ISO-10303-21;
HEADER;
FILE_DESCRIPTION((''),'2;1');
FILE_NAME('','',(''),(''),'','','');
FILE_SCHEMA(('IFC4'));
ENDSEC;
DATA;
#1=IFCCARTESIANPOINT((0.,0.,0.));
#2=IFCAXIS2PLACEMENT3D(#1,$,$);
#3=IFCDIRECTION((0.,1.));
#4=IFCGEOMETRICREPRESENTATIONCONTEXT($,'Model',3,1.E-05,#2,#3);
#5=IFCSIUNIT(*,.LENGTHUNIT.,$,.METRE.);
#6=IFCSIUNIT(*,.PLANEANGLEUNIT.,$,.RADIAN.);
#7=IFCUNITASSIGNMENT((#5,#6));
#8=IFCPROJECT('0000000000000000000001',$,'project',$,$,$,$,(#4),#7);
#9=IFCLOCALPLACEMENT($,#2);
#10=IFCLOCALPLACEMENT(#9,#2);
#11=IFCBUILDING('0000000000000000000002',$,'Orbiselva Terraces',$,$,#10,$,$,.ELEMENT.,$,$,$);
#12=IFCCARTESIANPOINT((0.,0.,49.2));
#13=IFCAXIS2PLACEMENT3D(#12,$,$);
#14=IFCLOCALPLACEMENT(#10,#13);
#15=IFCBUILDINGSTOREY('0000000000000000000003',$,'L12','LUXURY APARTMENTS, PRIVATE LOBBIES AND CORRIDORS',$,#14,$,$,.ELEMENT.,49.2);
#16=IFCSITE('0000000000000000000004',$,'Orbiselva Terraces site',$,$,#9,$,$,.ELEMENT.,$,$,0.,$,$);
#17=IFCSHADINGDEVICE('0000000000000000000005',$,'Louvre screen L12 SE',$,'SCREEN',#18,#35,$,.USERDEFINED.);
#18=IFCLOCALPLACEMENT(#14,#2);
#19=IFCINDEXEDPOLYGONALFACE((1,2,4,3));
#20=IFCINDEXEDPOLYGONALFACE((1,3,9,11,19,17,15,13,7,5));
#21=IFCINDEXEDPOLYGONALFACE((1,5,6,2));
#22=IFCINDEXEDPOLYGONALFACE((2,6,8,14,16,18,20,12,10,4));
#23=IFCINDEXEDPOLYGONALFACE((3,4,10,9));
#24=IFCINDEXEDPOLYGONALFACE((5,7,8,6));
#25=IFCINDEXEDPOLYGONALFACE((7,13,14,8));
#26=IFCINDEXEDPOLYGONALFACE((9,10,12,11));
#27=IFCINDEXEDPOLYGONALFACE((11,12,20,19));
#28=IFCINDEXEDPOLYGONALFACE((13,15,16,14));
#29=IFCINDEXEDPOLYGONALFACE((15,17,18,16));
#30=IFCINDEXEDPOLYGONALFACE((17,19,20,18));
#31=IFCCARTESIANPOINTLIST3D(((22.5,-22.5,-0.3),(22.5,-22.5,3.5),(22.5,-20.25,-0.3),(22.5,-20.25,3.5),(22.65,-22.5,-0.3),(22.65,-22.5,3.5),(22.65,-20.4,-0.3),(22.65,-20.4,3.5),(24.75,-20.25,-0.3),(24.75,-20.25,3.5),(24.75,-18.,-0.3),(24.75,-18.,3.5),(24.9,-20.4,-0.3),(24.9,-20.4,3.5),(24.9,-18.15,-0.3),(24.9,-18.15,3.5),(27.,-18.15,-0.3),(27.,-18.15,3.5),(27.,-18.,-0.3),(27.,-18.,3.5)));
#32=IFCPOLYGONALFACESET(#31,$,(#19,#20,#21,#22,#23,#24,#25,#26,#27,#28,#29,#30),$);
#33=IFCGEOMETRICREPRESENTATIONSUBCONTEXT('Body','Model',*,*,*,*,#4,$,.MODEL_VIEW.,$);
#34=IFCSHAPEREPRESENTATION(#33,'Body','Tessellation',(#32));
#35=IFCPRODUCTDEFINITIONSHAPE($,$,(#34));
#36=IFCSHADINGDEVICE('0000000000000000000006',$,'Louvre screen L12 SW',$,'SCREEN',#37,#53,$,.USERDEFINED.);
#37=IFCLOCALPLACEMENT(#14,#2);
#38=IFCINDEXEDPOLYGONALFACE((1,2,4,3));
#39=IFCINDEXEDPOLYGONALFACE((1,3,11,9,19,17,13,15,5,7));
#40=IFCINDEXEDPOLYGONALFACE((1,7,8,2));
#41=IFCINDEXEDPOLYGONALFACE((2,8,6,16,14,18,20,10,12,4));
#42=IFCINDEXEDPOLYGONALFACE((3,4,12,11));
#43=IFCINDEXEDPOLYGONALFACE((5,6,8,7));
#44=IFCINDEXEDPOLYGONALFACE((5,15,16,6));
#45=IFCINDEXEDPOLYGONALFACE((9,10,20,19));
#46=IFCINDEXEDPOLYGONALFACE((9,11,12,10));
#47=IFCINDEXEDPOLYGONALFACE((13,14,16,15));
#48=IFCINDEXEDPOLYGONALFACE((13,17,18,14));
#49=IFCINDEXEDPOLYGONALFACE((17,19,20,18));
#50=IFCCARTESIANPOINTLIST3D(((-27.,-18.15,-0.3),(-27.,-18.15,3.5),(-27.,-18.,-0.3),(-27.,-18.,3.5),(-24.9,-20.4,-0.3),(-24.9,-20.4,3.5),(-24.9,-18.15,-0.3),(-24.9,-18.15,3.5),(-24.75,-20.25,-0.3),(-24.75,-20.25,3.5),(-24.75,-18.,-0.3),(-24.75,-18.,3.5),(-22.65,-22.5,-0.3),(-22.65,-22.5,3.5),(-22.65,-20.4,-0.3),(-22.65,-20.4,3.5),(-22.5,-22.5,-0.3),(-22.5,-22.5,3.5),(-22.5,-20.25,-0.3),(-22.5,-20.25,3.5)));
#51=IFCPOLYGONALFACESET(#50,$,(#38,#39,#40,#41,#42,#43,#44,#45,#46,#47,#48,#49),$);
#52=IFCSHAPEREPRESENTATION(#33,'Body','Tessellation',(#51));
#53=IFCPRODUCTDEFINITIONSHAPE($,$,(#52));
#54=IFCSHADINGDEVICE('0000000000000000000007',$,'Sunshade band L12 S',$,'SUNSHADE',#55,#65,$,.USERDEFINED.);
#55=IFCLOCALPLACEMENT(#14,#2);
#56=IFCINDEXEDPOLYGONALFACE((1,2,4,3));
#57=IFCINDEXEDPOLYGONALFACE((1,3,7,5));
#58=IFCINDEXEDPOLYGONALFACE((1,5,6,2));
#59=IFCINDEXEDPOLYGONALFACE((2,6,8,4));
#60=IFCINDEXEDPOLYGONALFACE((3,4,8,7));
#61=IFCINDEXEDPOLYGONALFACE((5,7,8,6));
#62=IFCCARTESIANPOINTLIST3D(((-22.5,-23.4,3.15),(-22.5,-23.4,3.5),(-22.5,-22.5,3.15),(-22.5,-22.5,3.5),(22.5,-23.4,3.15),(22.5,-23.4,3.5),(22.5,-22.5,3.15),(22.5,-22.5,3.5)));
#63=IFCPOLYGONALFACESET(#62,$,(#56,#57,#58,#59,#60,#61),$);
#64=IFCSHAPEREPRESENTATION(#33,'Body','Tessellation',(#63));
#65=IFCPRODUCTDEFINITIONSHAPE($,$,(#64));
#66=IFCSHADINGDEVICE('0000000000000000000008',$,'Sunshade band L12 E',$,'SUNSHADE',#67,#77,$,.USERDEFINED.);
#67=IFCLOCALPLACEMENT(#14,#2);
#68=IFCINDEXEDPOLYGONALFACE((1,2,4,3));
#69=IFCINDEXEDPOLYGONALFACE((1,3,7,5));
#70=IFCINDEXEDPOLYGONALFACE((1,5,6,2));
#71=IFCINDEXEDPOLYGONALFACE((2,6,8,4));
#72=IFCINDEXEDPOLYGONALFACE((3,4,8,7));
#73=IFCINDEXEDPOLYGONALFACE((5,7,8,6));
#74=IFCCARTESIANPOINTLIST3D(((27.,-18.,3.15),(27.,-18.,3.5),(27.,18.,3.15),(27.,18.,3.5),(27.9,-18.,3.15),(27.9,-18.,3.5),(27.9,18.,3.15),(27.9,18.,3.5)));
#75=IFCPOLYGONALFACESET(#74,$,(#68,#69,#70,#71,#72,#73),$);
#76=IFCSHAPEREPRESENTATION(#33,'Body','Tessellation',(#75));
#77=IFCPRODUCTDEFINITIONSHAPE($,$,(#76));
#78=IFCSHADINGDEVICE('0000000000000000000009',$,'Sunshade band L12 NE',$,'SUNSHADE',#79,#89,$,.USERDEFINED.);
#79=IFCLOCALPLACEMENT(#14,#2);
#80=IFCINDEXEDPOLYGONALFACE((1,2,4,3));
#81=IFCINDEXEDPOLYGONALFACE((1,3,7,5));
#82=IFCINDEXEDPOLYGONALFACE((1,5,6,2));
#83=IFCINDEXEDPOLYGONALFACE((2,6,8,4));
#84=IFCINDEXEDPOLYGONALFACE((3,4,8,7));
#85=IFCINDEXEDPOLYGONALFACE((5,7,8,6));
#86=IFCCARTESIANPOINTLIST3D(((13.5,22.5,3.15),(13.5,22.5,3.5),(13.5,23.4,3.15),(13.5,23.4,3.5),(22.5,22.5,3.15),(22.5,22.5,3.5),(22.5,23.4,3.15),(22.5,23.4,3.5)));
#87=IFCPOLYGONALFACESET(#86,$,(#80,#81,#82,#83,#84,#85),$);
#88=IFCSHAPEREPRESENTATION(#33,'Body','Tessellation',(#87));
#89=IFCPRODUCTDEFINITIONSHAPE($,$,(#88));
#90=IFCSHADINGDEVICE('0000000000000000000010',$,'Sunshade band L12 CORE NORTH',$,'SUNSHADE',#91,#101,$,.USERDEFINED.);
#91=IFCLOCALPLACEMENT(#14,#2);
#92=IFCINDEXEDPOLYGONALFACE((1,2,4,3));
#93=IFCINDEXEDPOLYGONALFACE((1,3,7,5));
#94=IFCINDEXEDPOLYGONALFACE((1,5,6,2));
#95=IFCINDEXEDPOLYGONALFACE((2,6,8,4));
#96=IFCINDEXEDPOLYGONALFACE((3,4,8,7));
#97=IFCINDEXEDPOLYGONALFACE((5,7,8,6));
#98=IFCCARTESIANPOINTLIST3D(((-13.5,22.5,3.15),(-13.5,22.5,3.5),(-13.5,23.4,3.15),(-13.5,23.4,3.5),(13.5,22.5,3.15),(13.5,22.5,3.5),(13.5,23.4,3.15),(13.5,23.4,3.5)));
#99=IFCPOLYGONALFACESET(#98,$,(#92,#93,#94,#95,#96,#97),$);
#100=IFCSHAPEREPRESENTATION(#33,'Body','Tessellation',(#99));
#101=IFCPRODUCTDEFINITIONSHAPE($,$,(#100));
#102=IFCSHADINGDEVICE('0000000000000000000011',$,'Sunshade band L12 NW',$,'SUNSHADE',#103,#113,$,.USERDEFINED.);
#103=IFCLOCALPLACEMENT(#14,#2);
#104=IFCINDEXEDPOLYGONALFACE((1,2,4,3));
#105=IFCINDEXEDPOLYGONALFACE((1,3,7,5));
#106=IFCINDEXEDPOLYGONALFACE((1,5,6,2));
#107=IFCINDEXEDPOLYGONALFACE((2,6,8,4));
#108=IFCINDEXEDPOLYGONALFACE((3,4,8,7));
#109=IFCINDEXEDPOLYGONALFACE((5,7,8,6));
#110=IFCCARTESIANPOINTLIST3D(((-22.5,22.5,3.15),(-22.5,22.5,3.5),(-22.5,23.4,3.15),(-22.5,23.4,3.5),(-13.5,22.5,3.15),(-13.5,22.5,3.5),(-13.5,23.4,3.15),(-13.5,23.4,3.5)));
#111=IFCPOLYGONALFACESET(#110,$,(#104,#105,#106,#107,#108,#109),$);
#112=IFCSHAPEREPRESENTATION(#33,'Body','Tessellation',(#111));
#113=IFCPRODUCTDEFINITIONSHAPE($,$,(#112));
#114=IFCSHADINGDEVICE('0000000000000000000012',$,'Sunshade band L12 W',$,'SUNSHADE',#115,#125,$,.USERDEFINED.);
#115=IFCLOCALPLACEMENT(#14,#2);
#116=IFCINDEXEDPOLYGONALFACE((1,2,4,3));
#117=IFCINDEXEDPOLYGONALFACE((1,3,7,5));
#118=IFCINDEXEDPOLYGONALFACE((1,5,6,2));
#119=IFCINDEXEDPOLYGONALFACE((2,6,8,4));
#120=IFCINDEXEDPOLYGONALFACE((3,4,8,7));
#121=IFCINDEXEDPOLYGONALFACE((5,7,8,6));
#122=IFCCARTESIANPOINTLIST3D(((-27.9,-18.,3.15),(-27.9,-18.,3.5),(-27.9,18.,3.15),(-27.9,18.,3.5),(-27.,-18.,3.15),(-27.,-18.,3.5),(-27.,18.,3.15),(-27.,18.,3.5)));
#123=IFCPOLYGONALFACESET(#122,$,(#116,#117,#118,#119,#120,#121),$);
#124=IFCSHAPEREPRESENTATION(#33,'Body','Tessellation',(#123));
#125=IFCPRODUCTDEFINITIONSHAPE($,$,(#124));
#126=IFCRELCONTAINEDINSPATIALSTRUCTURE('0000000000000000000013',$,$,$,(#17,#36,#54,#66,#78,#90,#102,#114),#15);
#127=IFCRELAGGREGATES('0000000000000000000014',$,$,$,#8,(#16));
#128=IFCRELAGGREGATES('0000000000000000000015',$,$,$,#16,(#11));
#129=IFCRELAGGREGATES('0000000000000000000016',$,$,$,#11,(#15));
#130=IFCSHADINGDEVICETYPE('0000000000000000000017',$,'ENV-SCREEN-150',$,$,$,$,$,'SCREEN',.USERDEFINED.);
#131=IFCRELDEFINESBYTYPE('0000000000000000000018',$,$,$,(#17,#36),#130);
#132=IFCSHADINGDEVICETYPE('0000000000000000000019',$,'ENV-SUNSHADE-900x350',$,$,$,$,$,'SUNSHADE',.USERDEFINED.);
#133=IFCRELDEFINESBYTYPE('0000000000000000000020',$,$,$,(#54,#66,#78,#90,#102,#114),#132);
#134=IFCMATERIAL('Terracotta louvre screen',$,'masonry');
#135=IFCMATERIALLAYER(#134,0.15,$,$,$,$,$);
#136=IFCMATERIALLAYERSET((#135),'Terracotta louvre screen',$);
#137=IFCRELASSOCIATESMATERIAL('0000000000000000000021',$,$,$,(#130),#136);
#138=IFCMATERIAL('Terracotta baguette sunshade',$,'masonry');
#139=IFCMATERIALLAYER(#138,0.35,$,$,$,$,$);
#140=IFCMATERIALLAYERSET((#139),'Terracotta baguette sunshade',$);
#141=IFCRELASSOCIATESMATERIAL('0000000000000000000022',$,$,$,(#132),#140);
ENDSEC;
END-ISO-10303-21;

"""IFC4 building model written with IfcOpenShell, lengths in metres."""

from ifc_helpers import new_model, si_unit, direction, frame, origin, place, context, subcontext, project, spatial, polyline, outline, extrude, material, layer, layer_set, type_object, element, save


model = new_model("IFC4")

# Units and contexts
model_context = context("Model", 3, precision=1e-05, world=origin(), true_north=direction((0.0, 1.0)))
body_context = subcontext(model_context, "Body", "Model", "MODEL_VIEW")
ifc_project = project(units=[si_unit("LENGTHUNIT", "METRE"), si_unit("PLANEANGLEUNIT", "RADIAN")], contexts=[model_context])

# Site, building, storey
site_placement = place(None, origin())
site = spatial("IfcSite", under=ifc_project, at=site_placement, Name="Orbiselva Terraces site", CompositionType="ELEMENT", RefElevation=0.0)
building_placement = place(site_placement, origin())
building = spatial("IfcBuilding", under=site, at=building_placement, Name="Orbiselva Terraces", CompositionType="ELEMENT")
storey_placement = place(building_placement, frame((0.0, 0.0, 49.2)))
storey = spatial("IfcBuildingStorey", under=building, at=storey_placement, Name="L12", Description="LUXURY APARTMENTS, PRIVATE LOBBIES AND CORRIDORS", CompositionType="ELEMENT", Elevation=49.2)

# Shading devices
ifc_material_1 = material(Name="Terracotta louvre screen", Category="masonry")
ifc_layer_1 = layer(ifc_material_1, 0.15)
ifc_layer_set_1 = layer_set([ifc_layer_1], Name="Terracotta louvre screen")
shading_device_type_1 = type_object("IfcShadingDeviceType", Name="ENV-SCREEN-150", ElementType="SCREEN", PredefinedType="USERDEFINED", material=ifc_layer_set_1)
shading_device_1_placement = place(storey_placement, frame((0.0, 0.0, -0.3)))
element("IfcShadingDevice", 1, at=shading_device_1_placement, inside=storey, type_object=shading_device_type_1, Name="Louvre screen L12 SE", ObjectType="SCREEN", PredefinedType="USERDEFINED", context=body_context, shape_type="SweptSolid", body=[
    extrude(outline(polyline([(22.65, -22.5), (22.65, -20.4), (24.9, -20.4), (24.9, -18.15), (27.0, -18.15), (27.0, -18.0), (24.75, -18.0), (24.75, -20.25), (22.5, -20.25), (22.5, -22.5), (22.65, -22.5)])), origin(), (0.0, 0.0, 1.0), 3.8),
])
shading_device_2_placement = place(storey_placement, frame((0.0, 0.0, -0.3)))
element("IfcShadingDevice", 2, at=shading_device_2_placement, inside=storey, type_object=shading_device_type_1, Name="Louvre screen L12 SW", ObjectType="SCREEN", PredefinedType="USERDEFINED", context=body_context, shape_type="SweptSolid", body=[
    extrude(outline(polyline([(-27.0, -18.15), (-24.9, -18.15), (-24.9, -20.4), (-22.65, -20.4), (-22.65, -22.5), (-22.5, -22.5), (-22.5, -20.25), (-24.75, -20.25), (-24.75, -18.0), (-27.0, -18.0), (-27.0, -18.15)])), origin(), (0.0, 0.0, 1.0), 3.8),
])
ifc_material_2 = material(Name="Terracotta baguette sunshade", Category="masonry")
ifc_layer_2 = layer(ifc_material_2, 0.35)
ifc_layer_set_2 = layer_set([ifc_layer_2], Name="Terracotta baguette sunshade")
shading_device_type_2 = type_object("IfcShadingDeviceType", Name="ENV-SUNSHADE-900x350", ElementType="SUNSHADE", PredefinedType="USERDEFINED", material=ifc_layer_set_2)
shading_device_3_placement = place(storey_placement, frame((0.0, 0.0, 3.15)))
element("IfcShadingDevice", 3, at=shading_device_3_placement, inside=storey, type_object=shading_device_type_2, Name="Sunshade band L12 S", ObjectType="SUNSHADE", PredefinedType="USERDEFINED", context=body_context, shape_type="SweptSolid", body=[
    extrude(outline(polyline([(-22.5, -23.4), (22.5, -23.4), (22.5, -22.5), (-22.5, -22.5), (-22.5, -23.4)])), origin(), (0.0, 0.0, 1.0), 0.35),
])
shading_device_4_placement = place(storey_placement, frame((0.0, 0.0, 3.15)))
element("IfcShadingDevice", 4, at=shading_device_4_placement, inside=storey, type_object=shading_device_type_2, Name="Sunshade band L12 E", ObjectType="SUNSHADE", PredefinedType="USERDEFINED", context=body_context, shape_type="SweptSolid", body=[
    extrude(outline(polyline([(27.9, -18.0), (27.9, 18.0), (27.0, 18.0), (27.0, -18.0), (27.9, -18.0)])), origin(), (0.0, 0.0, 1.0), 0.35),
])
shading_device_5_placement = place(storey_placement, frame((0.0, 0.0, 3.15)))
element("IfcShadingDevice", 5, at=shading_device_5_placement, inside=storey, type_object=shading_device_type_2, Name="Sunshade band L12 NE", ObjectType="SUNSHADE", PredefinedType="USERDEFINED", context=body_context, shape_type="SweptSolid", body=[
    extrude(outline(polyline([(22.5, 23.4), (13.5, 23.4), (13.5, 22.5), (22.5, 22.5), (22.5, 23.4)])), origin(), (0.0, 0.0, 1.0), 0.35),
])
shading_device_6_placement = place(storey_placement, frame((0.0, 0.0, 3.15)))
element("IfcShadingDevice", 6, at=shading_device_6_placement, inside=storey, type_object=shading_device_type_2, Name="Sunshade band L12 CORE NORTH", ObjectType="SUNSHADE", PredefinedType="USERDEFINED", context=body_context, shape_type="SweptSolid", body=[
    extrude(outline(polyline([(13.5, 23.4), (-13.5, 23.4), (-13.5, 22.5), (13.5, 22.5), (13.5, 23.4)])), origin(), (0.0, 0.0, 1.0), 0.35),
])
shading_device_7_placement = place(storey_placement, frame((0.0, 0.0, 3.15)))
element("IfcShadingDevice", 7, at=shading_device_7_placement, inside=storey, type_object=shading_device_type_2, Name="Sunshade band L12 NW", ObjectType="SUNSHADE", PredefinedType="USERDEFINED", context=body_context, shape_type="SweptSolid", body=[
    extrude(outline(polyline([(-13.5, 23.4), (-22.5, 23.4), (-22.5, 22.5), (-13.5, 22.5), (-13.5, 23.4)])), origin(), (0.0, 0.0, 1.0), 0.35),
])
shading_device_8_placement = place(storey_placement, frame((0.0, 0.0, 3.15)))
element("IfcShadingDevice", 8, at=shading_device_8_placement, inside=storey, type_object=shading_device_type_2, Name="Sunshade band L12 W", ObjectType="SUNSHADE", PredefinedType="USERDEFINED", context=body_context, shape_type="SweptSolid", body=[
    extrude(outline(polyline([(-27.9, 18.0), (-27.9, -18.0), (-27.0, -18.0), (-27.0, 18.0), (-27.9, 18.0)])), origin(), (0.0, 0.0, 1.0), 0.35),
])

save(model, "model.ifc")
